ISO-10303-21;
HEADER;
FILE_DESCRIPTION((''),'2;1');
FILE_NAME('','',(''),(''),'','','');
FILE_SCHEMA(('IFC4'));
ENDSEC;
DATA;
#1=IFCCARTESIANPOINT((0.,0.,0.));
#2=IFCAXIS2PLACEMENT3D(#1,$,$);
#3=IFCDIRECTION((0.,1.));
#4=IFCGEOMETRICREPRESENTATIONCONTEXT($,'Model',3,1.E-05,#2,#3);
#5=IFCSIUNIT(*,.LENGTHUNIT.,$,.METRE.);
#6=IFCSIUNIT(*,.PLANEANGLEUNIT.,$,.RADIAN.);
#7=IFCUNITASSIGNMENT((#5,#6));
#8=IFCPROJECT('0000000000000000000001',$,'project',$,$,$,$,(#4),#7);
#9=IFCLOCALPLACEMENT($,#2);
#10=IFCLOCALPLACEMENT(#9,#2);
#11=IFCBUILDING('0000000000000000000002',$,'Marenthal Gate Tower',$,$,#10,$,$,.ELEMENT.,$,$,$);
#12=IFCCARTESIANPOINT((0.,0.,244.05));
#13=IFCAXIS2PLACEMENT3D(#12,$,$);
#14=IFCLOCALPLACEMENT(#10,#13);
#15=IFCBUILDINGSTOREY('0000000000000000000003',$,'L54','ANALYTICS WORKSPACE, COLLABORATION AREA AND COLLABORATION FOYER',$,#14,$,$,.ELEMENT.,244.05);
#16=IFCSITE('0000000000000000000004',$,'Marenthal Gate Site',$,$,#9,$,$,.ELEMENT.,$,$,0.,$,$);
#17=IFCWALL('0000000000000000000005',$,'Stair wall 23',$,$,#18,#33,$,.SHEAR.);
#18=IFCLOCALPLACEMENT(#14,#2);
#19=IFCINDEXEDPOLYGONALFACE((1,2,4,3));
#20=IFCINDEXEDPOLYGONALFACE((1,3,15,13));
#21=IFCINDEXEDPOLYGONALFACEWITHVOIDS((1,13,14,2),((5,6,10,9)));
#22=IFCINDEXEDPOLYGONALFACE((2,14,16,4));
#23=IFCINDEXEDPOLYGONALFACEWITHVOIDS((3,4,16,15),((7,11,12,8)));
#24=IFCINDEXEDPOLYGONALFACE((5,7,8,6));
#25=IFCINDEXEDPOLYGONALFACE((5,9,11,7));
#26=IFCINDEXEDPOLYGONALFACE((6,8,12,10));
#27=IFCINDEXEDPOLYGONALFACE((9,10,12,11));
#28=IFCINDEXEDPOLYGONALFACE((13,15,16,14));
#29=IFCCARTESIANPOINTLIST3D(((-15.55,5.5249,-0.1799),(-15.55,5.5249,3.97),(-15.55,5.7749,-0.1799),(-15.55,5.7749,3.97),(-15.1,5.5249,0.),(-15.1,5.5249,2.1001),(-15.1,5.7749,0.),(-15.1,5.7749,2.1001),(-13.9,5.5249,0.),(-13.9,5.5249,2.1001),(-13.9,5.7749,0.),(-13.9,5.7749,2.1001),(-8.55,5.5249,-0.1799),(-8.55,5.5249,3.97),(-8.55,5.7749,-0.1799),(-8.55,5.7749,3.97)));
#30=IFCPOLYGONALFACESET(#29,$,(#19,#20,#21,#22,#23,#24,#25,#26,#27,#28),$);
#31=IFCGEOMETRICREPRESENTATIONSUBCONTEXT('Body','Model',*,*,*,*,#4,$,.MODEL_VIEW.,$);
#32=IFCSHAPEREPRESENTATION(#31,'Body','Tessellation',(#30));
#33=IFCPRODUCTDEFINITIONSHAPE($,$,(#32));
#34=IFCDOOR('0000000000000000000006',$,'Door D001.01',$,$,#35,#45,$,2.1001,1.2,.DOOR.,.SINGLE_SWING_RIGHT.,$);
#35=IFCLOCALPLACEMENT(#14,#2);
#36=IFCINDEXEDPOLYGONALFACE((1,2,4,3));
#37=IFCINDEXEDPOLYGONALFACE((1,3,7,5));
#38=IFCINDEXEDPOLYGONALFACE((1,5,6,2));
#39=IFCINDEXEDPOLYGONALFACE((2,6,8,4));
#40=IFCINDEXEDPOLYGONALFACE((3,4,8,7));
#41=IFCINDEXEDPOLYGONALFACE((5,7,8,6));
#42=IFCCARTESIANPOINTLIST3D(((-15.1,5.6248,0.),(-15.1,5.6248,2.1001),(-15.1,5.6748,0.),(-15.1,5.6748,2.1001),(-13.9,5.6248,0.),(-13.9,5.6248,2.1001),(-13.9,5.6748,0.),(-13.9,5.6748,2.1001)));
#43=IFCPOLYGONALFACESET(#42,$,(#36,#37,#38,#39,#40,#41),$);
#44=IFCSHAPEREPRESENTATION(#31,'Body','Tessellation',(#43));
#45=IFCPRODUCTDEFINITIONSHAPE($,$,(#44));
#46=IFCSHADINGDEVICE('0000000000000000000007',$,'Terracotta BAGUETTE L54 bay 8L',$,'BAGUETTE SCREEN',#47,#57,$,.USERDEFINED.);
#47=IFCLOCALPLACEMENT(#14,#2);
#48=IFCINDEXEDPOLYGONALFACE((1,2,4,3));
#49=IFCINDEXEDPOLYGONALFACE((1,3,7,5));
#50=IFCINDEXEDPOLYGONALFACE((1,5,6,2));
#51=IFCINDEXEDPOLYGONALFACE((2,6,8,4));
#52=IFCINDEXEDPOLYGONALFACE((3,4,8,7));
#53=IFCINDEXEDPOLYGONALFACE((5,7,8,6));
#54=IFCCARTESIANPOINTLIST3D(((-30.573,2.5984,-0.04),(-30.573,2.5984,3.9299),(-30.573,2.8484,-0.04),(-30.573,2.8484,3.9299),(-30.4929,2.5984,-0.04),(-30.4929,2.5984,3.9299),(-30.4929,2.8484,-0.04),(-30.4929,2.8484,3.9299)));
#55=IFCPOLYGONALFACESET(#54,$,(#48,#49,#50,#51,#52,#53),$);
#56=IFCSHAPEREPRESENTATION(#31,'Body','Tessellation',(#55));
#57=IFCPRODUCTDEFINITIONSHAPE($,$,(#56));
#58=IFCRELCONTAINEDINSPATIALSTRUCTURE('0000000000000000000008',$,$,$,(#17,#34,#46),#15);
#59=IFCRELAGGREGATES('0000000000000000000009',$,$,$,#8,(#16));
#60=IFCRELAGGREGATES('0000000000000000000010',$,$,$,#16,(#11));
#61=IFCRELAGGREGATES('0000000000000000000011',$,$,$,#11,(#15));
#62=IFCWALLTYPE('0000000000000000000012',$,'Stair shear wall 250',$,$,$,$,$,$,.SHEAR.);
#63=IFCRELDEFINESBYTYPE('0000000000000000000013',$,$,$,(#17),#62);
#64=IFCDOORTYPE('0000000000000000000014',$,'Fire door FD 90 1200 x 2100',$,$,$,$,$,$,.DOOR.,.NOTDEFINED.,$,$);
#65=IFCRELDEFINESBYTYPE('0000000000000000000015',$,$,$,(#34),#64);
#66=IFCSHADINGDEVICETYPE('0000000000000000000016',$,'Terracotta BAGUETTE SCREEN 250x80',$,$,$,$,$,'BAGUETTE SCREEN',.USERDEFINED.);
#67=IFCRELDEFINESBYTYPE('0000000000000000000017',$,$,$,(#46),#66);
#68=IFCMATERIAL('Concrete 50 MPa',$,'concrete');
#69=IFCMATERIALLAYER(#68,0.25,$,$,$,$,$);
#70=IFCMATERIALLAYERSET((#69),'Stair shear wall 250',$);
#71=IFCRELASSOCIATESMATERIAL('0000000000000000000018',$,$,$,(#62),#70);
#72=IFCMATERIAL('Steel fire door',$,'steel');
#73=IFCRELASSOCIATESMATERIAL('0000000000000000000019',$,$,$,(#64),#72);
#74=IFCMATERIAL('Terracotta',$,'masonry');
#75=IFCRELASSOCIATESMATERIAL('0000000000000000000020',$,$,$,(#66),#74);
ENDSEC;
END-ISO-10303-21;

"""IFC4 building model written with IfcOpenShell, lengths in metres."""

from ifc_helpers import new_model, si_unit, direction, frame, frame_2d, origin, origin_2d, place, context, subcontext, project, spatial, rectangle, extrude, material, layer, layer_set, material_profile, profile_set, type_object, element, fill, save


model = new_model("IFC4")

# Units and contexts
model_context = context("Model", 3, precision=1e-05, world=origin(), true_north=direction((0.0, 1.0)))
body_context = subcontext(model_context, "Body", "Model", "MODEL_VIEW")
ifc_project = project(units=[si_unit("LENGTHUNIT", "METRE"), si_unit("PLANEANGLEUNIT", "RADIAN")], contexts=[model_context])

# Site, building, storey
site_placement = place(None, origin())
site = spatial("IfcSite", under=ifc_project, at=site_placement, Name="Marenthal Gate Site", CompositionType="ELEMENT", RefElevation=0.0)
building_placement = place(site_placement, origin())
building = spatial("IfcBuilding", under=site, at=building_placement, Name="Marenthal Gate Tower", CompositionType="ELEMENT")
storey_placement = place(building_placement, frame((0.0, 0.0, 244.05)))
storey = spatial("IfcBuildingStorey", under=building, at=storey_placement, Name="L54", Description="ANALYTICS WORKSPACE, COLLABORATION AREA AND COLLABORATION FOYER", CompositionType="ELEMENT", Elevation=244.05)

# Wall, opening, door
ifc_material_1 = material(Name="Concrete 50 MPa", Category="concrete")
ifc_layer_1 = layer(ifc_material_1, 0.25)
ifc_layer_set_1 = layer_set([ifc_layer_1], Name="Stair shear wall 250")
wall_type_1 = type_object("IfcWallType", Name="Stair shear wall 250", PredefinedType="SHEAR", material=ifc_layer_set_1)
wall_1_placement = place(storey_placement, frame((-15.55, 5.6499, -0.1799), z_axis=(0.0, 0.0, 1.0), x_axis=(1.0, 0.0, 0.0)))
wall_1 = element("IfcWall", 1, at=wall_1_placement, inside=storey, type_object=wall_type_1, Name="Stair wall 23", PredefinedType="SHEAR", context=body_context, shape_type="SweptSolid", body=[
    extrude(rectangle(XDim=7.0, YDim=0.25, at=frame_2d((3.5, 0.0))), origin(), (0.0, 0.0, 1.0), 4.1499),
])
opening_1_placement = place(wall_1_placement, frame((0.45, 0.0, 0.1799)))
opening_1 = element("IfcOpeningElement", 2, at=opening_1_placement, cuts=wall_1, PredefinedType="OPENING", context=body_context, shape_type="SweptSolid", body=[
    extrude(rectangle(XDim=1.2, YDim=2.1001, at=frame_2d((0.6001, 1.05))), frame((0.0, 0.135, 0.0), z_axis=(0.0, -1.0, 0.0), x_axis=(1.0, 0.0, 0.0)), (0.0, 0.0, 1.0), 0.27),
])
ifc_material_2 = material(Name="Steel fire door", Category="steel")
door_type_1 = type_object("IfcDoorType", Name="Fire door FD 90 1200 x 2100", OperationType="NOTDEFINED", PredefinedType="DOOR", material=ifc_material_2)
door_1_placement = place(opening_1_placement, origin())
door_1 = element("IfcDoor", 3, at=door_1_placement, inside=storey, type_object=door_type_1, Name="Door D001.01", OperationType="SINGLE_SWING_RIGHT", OverallHeight=2.1001, OverallWidth=1.2, PredefinedType="DOOR", context=body_context, shape_type="SweptSolid", body=[
    extrude(rectangle(XDim=1.2, YDim=2.1001, at=frame_2d((0.6001, 1.05))), frame((0.0, 0.0249, 0.0), z_axis=(0.0, -1.0, 0.0), x_axis=(1.0, 0.0, 0.0)), (0.0, 0.0, 1.0), 0.05),
])
fill(opening_1, door_1)

# Shading device
ifc_material_3 = material(Name="Terracotta", Category="masonry")
ifc_material_profile_1 = material_profile(ifc_material_3, rectangle(XDim=0.25, YDim=0.0801, at=origin_2d()), Name="Terracotta baguette 250x80")
ifc_profile_set_1 = profile_set([ifc_material_profile_1], Name="Terracotta")
shading_device_type = type_object("IfcShadingDeviceType", Name="Terracotta BAGUETTE SCREEN 250x80", ElementType="BAGUETTE SCREEN", PredefinedType="USERDEFINED", material=ifc_profile_set_1)
shading_device_placement = place(storey_placement, frame((-30.533, 2.7234, -0.04), z_axis=(0.0, 0.0, 1.0), x_axis=(0.0, -1.0, 0.0)))
element("IfcShadingDevice", 4, at=shading_device_placement, inside=storey, type_object=shading_device_type, Name="Terracotta BAGUETTE L54 bay 8L", ObjectType="BAGUETTE SCREEN", PredefinedType="USERDEFINED", context=body_context, shape_type="SweptSolid", body=[
    extrude(rectangle(XDim=0.25, YDim=0.0801, at=origin_2d()), origin(), (0.0, 0.0, 1.0), 3.97),
])

save(model, "model.ifc")
